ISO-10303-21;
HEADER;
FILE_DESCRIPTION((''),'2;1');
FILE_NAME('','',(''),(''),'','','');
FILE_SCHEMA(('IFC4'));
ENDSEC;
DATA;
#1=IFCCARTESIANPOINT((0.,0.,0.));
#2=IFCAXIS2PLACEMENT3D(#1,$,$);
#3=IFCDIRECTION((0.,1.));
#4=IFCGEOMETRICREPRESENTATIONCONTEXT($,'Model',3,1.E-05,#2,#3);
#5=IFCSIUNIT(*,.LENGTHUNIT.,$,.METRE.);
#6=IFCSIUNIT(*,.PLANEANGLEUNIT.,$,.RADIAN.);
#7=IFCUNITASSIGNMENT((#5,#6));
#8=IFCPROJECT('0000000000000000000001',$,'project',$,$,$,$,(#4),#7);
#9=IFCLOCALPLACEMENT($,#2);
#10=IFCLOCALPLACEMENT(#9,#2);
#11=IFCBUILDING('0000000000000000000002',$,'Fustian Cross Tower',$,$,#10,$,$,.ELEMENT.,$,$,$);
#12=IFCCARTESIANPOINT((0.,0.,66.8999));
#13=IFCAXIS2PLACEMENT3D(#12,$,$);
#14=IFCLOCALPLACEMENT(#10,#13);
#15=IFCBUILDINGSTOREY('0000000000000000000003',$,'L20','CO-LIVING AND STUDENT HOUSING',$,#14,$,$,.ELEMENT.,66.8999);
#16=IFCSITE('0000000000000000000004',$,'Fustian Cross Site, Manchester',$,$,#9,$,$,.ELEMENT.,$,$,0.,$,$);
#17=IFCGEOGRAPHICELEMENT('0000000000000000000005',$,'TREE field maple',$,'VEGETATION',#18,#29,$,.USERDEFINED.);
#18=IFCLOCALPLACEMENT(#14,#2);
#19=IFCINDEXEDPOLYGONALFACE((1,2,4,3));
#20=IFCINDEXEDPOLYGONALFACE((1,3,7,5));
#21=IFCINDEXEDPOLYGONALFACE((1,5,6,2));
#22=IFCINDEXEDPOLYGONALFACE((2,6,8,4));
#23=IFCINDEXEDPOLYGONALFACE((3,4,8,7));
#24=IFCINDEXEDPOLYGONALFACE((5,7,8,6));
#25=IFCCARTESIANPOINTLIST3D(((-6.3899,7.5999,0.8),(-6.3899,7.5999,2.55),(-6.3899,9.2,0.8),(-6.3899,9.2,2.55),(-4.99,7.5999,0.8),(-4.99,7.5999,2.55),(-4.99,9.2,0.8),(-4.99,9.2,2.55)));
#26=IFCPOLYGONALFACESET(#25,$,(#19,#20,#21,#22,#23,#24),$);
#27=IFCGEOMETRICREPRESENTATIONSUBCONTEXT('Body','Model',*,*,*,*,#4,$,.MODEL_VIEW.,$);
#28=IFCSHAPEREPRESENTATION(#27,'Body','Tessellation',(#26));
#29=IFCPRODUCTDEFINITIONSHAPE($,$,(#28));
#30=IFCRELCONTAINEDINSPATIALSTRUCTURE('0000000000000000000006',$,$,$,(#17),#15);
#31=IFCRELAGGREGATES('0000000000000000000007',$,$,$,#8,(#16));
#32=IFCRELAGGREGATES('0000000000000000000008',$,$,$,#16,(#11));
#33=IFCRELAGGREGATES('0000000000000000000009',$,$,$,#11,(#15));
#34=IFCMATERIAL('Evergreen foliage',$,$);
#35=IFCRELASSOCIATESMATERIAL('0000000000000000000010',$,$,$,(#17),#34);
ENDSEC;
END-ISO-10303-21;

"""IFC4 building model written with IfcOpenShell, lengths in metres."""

from ifc_helpers import new_model, si_unit, direction, frame, origin, origin_2d, place, context, subcontext, project, spatial, rectangle, extrude, material, element, save


model = new_model("IFC4")

# Units and contexts
model_context = context("Model", 3, precision=1e-05, world=origin(), true_north=direction((0.0, 1.0)))
body_context = subcontext(model_context, "Body", "Model", "MODEL_VIEW")
ifc_project = project(units=[si_unit("LENGTHUNIT", "METRE"), si_unit("PLANEANGLEUNIT", "RADIAN")], contexts=[model_context])

# Site, building, storey
site_placement = place(None, origin())
site = spatial("IfcSite", under=ifc_project, at=site_placement, Name="Fustian Cross Site, Manchester", CompositionType="ELEMENT", RefElevation=0.0)
building_placement = place(site_placement, origin())
building = spatial("IfcBuilding", under=site, at=building_placement, Name="Fustian Cross Tower", CompositionType="ELEMENT")
storey_placement = place(building_placement, frame((0.0, 0.0, 66.8999)))
storey = spatial("IfcBuildingStorey", under=building, at=storey_placement, Name="L20", Description="CO-LIVING AND STUDENT HOUSING", CompositionType="ELEMENT", Elevation=66.8999)

# Geographic element
ifc_material_1 = material(Name="Evergreen foliage")
geographic_element_placement = place(storey_placement, frame((-5.6899, 8.3999, 0.8), z_axis=(0.0, 0.0, 1.0), x_axis=(1.0, 0.0, 0.0)))
element("IfcGeographicElement", 1, at=geographic_element_placement, inside=storey, material=ifc_material_1, Name="TREE field maple", ObjectType="VEGETATION", PredefinedType="USERDEFINED", context=body_context, shape_type="SweptSolid", body=[
    extrude(rectangle(XDim=1.3999, YDim=1.6001, at=origin_2d()), origin(), (0.0, 0.0, 1.0), 1.75),
])

save(model, "model.ifc")
